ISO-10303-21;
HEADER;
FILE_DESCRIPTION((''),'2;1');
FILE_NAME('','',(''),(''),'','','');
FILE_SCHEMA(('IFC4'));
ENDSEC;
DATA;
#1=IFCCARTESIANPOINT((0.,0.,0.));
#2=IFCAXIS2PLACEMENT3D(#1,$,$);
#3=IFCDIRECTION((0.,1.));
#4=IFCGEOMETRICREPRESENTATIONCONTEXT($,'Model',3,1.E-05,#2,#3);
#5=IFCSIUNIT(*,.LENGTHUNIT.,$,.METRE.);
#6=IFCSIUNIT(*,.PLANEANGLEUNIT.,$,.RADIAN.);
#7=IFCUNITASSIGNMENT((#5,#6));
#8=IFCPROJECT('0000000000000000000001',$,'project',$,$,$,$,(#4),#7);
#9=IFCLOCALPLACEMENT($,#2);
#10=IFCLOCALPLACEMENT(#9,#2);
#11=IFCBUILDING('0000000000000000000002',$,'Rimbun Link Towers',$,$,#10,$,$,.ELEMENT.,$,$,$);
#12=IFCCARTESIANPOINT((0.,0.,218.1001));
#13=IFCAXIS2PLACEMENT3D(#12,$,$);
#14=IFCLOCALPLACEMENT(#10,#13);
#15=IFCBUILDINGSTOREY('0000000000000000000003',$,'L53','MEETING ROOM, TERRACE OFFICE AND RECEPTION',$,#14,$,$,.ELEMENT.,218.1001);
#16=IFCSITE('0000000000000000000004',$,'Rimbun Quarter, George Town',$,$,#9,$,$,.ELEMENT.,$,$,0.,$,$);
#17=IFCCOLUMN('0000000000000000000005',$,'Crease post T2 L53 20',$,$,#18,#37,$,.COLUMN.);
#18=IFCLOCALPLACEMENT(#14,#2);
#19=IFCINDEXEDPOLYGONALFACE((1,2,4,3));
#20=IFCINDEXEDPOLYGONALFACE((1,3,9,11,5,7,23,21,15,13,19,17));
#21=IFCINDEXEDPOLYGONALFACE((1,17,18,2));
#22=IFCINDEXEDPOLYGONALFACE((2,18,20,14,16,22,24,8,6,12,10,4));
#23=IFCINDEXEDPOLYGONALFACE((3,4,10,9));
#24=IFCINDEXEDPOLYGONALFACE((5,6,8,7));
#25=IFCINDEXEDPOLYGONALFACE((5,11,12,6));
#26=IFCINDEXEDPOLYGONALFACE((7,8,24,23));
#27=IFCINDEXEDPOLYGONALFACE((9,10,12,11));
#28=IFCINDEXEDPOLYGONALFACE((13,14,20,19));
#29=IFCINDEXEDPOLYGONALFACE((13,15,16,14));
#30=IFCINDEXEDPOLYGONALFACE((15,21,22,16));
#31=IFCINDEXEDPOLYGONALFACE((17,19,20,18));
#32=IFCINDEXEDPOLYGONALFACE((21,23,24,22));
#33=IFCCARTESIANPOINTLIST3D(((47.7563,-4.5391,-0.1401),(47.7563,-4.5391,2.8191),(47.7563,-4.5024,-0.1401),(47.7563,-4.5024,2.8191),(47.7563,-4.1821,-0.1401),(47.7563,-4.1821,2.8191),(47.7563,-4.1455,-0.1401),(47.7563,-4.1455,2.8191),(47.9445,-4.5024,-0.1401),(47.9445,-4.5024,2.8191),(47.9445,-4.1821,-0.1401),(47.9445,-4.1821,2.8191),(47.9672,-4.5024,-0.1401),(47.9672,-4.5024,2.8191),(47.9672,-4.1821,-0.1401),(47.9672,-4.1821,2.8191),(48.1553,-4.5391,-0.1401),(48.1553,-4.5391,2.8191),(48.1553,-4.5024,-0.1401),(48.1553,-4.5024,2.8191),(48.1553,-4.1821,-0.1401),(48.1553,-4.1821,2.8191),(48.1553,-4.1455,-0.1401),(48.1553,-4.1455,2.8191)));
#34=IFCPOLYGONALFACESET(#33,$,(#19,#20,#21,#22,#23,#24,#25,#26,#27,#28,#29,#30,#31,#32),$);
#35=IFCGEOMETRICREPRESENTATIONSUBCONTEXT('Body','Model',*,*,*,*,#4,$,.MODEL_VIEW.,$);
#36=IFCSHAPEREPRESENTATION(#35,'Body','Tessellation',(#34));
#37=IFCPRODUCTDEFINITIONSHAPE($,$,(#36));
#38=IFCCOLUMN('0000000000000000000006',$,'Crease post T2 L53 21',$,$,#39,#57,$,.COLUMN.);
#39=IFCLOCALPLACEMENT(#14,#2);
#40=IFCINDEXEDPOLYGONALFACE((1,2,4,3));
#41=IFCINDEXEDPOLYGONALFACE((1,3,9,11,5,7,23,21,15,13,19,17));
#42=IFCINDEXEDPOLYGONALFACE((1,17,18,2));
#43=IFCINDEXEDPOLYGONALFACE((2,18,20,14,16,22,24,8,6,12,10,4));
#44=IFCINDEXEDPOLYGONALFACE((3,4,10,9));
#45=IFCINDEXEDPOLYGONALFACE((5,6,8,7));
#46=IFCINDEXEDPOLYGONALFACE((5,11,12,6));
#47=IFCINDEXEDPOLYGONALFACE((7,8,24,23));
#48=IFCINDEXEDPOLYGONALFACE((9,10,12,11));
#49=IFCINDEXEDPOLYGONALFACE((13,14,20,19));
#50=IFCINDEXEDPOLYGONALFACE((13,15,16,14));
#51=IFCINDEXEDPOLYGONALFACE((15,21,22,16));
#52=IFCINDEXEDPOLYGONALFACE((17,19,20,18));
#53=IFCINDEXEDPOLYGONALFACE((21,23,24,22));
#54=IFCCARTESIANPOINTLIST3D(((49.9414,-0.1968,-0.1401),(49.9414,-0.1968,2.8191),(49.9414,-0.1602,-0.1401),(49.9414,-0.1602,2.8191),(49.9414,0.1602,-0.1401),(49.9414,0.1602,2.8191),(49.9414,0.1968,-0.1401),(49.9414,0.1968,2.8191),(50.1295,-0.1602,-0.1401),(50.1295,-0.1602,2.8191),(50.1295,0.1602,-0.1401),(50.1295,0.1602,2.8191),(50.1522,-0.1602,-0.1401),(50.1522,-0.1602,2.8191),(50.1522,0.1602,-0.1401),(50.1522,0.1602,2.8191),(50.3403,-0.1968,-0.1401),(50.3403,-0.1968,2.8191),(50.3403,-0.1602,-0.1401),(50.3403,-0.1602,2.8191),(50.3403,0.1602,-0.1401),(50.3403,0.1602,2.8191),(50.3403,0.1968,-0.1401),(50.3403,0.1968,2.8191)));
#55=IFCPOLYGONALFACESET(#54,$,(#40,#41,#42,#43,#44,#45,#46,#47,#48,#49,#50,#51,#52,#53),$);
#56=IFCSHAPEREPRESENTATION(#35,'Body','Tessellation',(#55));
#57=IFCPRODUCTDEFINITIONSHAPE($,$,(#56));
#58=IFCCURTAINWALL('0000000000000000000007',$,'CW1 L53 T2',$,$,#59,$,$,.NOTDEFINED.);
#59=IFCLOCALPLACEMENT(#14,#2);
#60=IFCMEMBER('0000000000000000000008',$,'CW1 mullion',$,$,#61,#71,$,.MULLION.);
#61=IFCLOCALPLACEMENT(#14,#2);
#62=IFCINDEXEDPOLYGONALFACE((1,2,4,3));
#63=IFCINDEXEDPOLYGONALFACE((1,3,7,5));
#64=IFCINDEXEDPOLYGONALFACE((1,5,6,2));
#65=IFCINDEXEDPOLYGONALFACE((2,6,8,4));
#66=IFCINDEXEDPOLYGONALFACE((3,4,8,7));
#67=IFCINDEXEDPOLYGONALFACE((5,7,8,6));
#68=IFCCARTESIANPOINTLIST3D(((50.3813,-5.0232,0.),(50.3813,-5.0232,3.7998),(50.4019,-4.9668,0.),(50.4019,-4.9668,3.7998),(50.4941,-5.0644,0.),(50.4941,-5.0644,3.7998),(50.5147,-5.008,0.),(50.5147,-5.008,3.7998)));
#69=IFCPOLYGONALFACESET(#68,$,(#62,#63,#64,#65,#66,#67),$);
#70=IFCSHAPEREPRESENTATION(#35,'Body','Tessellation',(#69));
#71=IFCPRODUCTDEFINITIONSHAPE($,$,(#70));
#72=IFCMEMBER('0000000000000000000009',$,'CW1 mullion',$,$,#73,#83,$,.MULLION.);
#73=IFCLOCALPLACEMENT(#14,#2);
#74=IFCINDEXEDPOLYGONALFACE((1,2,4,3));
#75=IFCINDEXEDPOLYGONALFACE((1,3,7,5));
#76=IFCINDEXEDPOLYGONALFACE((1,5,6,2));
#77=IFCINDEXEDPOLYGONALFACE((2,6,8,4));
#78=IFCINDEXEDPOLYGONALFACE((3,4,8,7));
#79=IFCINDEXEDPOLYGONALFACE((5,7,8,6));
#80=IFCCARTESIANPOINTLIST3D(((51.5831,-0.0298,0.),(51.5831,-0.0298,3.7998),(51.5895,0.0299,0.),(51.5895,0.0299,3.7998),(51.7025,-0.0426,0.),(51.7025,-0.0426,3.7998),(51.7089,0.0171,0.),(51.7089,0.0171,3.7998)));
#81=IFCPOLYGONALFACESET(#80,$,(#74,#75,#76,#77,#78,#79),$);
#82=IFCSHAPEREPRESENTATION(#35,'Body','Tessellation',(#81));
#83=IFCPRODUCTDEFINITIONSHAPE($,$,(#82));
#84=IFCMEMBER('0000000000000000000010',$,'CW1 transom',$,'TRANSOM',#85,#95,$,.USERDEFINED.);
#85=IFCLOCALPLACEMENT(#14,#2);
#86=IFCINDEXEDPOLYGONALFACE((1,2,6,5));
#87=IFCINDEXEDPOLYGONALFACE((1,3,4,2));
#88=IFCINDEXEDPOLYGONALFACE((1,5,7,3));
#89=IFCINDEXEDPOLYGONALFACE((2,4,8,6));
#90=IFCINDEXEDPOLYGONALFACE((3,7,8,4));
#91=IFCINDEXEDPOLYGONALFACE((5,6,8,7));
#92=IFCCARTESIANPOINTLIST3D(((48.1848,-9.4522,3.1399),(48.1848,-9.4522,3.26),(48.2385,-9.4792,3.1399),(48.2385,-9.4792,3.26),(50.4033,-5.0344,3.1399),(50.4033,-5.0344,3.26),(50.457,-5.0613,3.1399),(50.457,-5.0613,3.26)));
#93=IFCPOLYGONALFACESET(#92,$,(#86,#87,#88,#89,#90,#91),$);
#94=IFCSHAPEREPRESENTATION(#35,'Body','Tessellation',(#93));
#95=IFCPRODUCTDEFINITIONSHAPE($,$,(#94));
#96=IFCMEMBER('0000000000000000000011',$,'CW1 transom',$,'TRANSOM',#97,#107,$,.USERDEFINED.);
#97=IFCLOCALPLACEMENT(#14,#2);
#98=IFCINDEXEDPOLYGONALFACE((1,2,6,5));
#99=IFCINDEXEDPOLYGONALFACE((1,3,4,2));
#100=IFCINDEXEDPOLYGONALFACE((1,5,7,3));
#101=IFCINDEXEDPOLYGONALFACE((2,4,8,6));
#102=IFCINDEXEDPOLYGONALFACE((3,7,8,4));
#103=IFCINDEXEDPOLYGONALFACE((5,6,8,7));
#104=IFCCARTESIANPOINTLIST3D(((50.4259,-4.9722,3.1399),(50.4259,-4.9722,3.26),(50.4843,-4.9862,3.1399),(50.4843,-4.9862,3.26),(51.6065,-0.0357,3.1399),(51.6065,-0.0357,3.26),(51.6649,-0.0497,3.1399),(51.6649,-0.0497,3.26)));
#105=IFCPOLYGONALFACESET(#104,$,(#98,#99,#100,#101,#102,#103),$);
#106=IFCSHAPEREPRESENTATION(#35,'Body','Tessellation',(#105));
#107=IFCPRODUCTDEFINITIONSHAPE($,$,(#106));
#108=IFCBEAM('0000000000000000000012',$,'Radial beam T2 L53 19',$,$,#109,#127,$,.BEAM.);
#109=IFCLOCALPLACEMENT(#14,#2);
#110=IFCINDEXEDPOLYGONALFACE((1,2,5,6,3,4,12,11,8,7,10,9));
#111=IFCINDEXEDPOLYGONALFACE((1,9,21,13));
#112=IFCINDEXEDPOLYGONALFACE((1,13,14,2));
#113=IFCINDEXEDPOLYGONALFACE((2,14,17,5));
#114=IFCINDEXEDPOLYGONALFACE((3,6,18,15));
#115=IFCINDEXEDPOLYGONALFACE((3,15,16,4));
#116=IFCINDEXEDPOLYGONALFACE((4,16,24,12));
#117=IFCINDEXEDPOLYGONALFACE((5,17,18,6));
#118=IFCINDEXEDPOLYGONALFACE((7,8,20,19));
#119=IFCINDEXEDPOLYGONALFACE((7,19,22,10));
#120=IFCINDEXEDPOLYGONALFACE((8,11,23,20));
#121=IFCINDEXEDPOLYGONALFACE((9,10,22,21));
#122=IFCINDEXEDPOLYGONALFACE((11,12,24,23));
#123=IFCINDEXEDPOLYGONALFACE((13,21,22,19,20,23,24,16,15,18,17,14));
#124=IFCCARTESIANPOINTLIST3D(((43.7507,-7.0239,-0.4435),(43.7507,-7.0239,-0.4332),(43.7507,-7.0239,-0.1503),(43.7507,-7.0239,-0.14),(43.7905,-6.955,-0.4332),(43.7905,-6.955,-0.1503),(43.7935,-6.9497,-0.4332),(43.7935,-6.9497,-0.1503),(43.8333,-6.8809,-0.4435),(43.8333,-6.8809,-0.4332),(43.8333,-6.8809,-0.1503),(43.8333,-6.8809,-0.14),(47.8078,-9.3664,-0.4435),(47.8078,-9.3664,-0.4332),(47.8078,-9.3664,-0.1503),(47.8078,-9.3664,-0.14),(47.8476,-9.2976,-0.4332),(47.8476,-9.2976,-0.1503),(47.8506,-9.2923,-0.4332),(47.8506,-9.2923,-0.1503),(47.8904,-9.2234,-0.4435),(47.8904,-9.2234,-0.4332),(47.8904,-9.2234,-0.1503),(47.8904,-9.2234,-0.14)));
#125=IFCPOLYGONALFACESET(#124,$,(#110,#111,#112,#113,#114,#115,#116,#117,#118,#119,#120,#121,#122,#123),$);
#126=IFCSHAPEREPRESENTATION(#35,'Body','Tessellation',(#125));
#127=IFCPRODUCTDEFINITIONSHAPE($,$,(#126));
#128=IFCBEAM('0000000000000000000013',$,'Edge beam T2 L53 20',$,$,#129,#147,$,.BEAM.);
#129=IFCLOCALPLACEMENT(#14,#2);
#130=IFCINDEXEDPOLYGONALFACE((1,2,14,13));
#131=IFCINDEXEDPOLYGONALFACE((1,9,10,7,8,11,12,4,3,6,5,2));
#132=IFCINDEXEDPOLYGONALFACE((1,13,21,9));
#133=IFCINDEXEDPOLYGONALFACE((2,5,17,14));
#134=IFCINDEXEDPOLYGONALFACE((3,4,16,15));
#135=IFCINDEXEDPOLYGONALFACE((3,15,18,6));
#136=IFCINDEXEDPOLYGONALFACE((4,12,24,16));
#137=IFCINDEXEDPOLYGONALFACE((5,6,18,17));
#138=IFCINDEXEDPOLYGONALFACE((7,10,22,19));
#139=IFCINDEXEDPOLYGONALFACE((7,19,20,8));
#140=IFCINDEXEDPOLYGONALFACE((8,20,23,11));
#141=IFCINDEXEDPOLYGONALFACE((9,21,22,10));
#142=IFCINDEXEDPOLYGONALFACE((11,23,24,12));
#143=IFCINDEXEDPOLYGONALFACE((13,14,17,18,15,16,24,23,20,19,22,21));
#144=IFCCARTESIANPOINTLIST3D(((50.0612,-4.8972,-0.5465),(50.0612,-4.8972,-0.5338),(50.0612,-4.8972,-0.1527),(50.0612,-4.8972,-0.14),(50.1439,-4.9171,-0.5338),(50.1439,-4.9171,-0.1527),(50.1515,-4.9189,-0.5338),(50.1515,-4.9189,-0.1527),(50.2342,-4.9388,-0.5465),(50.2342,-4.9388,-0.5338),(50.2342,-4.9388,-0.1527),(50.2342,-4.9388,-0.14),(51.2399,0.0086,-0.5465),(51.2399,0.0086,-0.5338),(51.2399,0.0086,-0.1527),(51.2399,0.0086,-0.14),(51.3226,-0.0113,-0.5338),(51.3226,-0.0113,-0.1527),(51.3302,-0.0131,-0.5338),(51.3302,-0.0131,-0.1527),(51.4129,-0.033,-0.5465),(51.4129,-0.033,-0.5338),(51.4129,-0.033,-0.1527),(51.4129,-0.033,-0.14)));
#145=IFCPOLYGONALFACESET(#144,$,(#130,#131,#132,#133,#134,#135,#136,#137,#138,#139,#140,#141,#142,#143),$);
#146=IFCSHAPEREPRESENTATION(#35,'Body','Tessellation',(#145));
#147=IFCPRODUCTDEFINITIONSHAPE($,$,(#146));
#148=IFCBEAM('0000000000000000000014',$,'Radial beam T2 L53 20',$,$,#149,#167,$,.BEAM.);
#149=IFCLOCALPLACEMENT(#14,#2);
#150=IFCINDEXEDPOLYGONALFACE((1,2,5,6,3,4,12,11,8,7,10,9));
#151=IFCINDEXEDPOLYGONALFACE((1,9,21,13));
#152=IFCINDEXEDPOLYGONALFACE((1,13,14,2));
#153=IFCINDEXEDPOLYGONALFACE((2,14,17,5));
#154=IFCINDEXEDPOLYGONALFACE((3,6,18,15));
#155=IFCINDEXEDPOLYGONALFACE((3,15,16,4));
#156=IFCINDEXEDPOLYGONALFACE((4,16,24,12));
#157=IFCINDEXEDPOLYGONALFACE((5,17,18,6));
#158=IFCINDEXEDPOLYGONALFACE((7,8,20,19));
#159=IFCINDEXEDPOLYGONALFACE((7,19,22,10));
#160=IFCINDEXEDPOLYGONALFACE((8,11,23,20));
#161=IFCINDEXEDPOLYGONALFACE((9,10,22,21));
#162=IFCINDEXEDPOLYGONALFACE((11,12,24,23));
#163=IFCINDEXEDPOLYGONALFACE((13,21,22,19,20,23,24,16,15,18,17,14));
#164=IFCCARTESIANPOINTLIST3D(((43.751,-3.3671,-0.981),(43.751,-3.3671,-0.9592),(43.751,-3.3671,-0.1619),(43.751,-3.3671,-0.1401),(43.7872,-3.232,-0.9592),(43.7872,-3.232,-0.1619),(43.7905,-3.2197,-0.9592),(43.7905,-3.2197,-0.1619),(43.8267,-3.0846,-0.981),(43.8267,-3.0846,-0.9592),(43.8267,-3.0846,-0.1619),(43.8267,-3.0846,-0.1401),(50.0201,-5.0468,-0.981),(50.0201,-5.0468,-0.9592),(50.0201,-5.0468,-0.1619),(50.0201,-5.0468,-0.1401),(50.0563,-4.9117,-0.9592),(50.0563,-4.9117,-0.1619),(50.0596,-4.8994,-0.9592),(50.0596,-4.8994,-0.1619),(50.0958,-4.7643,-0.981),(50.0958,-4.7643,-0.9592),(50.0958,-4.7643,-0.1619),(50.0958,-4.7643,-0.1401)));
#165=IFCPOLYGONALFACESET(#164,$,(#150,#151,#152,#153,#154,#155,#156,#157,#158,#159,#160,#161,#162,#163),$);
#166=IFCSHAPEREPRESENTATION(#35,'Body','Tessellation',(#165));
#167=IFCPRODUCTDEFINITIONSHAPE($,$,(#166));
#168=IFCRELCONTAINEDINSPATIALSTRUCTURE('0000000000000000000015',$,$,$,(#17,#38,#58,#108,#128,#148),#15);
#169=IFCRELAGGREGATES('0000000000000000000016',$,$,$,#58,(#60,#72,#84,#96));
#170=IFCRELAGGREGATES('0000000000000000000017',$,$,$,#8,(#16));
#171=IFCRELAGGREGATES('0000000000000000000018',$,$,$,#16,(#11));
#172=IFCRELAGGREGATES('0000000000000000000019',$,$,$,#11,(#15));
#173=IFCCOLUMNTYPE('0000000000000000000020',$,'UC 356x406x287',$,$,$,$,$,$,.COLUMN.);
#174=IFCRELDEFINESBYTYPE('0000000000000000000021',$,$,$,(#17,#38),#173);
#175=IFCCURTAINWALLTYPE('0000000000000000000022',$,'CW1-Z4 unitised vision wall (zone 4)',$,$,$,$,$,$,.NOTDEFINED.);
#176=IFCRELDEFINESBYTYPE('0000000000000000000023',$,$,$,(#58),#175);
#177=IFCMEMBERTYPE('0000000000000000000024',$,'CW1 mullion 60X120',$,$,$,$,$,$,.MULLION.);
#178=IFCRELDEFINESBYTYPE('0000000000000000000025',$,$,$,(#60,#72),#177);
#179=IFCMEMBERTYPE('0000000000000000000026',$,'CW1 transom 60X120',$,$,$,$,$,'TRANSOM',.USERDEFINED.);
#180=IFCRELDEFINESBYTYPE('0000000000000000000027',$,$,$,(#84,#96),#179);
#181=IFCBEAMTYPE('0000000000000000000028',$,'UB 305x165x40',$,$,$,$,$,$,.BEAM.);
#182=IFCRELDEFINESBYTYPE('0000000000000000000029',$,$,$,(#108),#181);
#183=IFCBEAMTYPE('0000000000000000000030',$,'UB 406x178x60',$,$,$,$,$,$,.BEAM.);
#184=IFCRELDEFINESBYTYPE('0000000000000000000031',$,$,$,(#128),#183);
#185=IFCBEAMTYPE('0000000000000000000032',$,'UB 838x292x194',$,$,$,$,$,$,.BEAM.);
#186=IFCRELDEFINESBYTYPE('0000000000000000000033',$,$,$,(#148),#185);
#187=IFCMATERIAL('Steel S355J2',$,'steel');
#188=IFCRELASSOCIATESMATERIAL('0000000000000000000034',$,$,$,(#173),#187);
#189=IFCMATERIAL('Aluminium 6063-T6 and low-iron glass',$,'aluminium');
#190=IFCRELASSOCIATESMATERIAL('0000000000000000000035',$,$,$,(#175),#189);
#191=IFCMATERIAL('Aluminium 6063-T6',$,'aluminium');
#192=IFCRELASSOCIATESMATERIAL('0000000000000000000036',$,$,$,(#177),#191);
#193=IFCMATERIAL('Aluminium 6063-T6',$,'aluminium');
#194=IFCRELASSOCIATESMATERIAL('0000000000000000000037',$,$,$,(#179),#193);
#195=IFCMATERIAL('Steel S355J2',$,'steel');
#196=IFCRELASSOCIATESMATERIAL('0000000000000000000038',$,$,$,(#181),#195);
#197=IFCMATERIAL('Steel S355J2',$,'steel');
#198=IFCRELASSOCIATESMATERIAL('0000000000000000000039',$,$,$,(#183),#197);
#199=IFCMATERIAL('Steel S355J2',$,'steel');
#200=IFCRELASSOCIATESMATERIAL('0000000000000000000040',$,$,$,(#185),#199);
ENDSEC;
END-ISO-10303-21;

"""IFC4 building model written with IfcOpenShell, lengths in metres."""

from ifc_helpers import new_model, si_unit, direction, frame, origin, origin_2d, place, context, subcontext, project, spatial, rectangle, i_section, extrude, material, material_profile, profile_set, type_object, element, aggregate, save


model = new_model("IFC4")

# Units and contexts
model_context = context("Model", 3, precision=1e-05, world=origin(), true_north=direction((0.0, 1.0)))
body_context = subcontext(model_context, "Body", "Model", "MODEL_VIEW")
ifc_project = project(units=[si_unit("LENGTHUNIT", "METRE"), si_unit("PLANEANGLEUNIT", "RADIAN")], contexts=[model_context])

# Site, building, storey
site_placement = place(None, origin())
site = spatial("IfcSite", under=ifc_project, at=site_placement, Name="Rimbun Quarter, George Town", CompositionType="ELEMENT", RefElevation=0.0)
building_placement = place(site_placement, origin())
building = spatial("IfcBuilding", under=site, at=building_placement, Name="Rimbun Link Towers", CompositionType="ELEMENT")
storey_placement = place(building_placement, frame((0.0, 0.0, 218.1001)))
storey = spatial("IfcBuildingStorey", under=building, at=storey_placement, Name="L53", Description="MEETING ROOM, TERRACE OFFICE AND RECEPTION", CompositionType="ELEMENT", Elevation=218.1001)

# Columns
ifc_material_1 = material(Name="Steel S355J2", Category="steel")
ifc_material_profile_1 = material_profile(ifc_material_1, i_section(OverallWidth=0.3989, OverallDepth=0.3936, WebThickness=0.0227, FlangeThickness=0.0366, at=origin_2d()), Name="UC 356x406x287")
ifc_profile_set_1 = profile_set([ifc_material_profile_1], Name="Steel S355J2")
column_type = type_object("IfcColumnType", Name="UC 356x406x287", PredefinedType="COLUMN", material=ifc_profile_set_1)
for number, where, z_axis, x_axis, name in (
    (1, (47.9558, -4.3423, -0.1401), (0.0, 0.0, 1.0), (1.0, 0.0, 0.0), "Crease post T2 L53 20"),
    (2, (50.1409, 0.0, -0.1401), (0.0, 0.0, 1.0), (1.0, 0.0, 0.0), "Crease post T2 L53 21"),
):
    element("IfcColumn", number, at=place(storey_placement, frame(where, z_axis=z_axis, x_axis=x_axis)), inside=storey, type_object=column_type, Name=name, PredefinedType="COLUMN", context=body_context, shape_type="SweptSolid", body=[
        extrude(i_section(OverallWidth=0.3989, OverallDepth=0.3936, WebThickness=0.0227, FlangeThickness=0.0366, at=origin_2d()), origin(), (0.0, 0.0, 1.0), 2.9592),
    ])

# Curtain wall, members
ifc_material_2 = material(Name="Aluminium 6063-T6 and low-iron glass", Category="aluminium")
curtain_wall_type = type_object("IfcCurtainWallType", Name="CW1-Z4 unitised vision wall (zone 4)", PredefinedType="NOTDEFINED", material=ifc_material_2)
curtain_wall_placement = place(storey_placement, origin())
curtain_wall = element("IfcCurtainWall", 3, at=curtain_wall_placement, inside=storey, type_object=curtain_wall_type, Name="CW1 L53 T2", PredefinedType="NOTDEFINED")
ifc_material_3 = material(Name="Aluminium 6063-T6", Category="aluminium")
ifc_material_profile_2 = material_profile(ifc_material_3, rectangle(XDim=0.1201, YDim=0.0601, at=origin_2d()), Name="MULLION 60X120")
ifc_profile_set_2 = profile_set([ifc_material_profile_2], Name="Aluminium 6063-T6")
member_type_1 = type_object("IfcMemberType", Name="CW1 mullion 60X120", PredefinedType="MULLION", material=ifc_profile_set_2)
member_1_placement = place(storey_placement, frame((50.448, -5.0156, 0.0), z_axis=(0.0, 0.0, 1.0), x_axis=(0.93935, -0.34296, 0.0)))
member_1 = element("IfcMember", 4, at=member_1_placement, type_object=member_type_1, Name="CW1 mullion", PredefinedType="MULLION", context=body_context, shape_type="SweptSolid", body=[
    extrude(rectangle(XDim=0.1201, YDim=0.0601, at=origin_2d()), origin(), (0.0, 0.0, 1.0), 3.7998),
])
member_2_placement = place(storey_placement, frame((51.646, -0.0063, 0.0), z_axis=(0.0, 0.0, 1.0), x_axis=(0.994297, -0.106644, 0.0)))
member_2 = element("IfcMember", 5, at=member_2_placement, type_object=member_type_1, Name="CW1 mullion", PredefinedType="MULLION", context=body_context, shape_type="SweptSolid", body=[
    extrude(rectangle(XDim=0.1201, YDim=0.0601, at=origin_2d()), origin(), (0.0, 0.0, 1.0), 3.7998),
])
ifc_material_4 = material(Name="Aluminium 6063-T6", Category="aluminium")
ifc_material_profile_3 = material_profile(ifc_material_4, rectangle(XDim=0.0601, YDim=0.1201, at=origin_2d()), Name="TRANSOM 60X120")
ifc_profile_set_3 = profile_set([ifc_material_profile_3], Name="Aluminium 6063-T6")
member_type_2 = type_object("IfcMemberType", Name="CW1 transom 60X120", ElementType="TRANSOM", PredefinedType="USERDEFINED", material=ifc_profile_set_3)
member_3_placement = place(storey_placement, frame((50.4302, -5.0479, 3.2), z_axis=(-0.448774, -0.893646, 0.0), x_axis=(0.893646, -0.448774, 0.0)))
member_3 = element("IfcMember", 6, at=member_3_placement, type_object=member_type_2, Name="CW1 transom", ObjectType="TRANSOM", PredefinedType="USERDEFINED", context=body_context, shape_type="SweptSolid", body=[
    extrude(rectangle(XDim=0.0601, YDim=0.1201, at=origin_2d()), origin(), (0.0, 0.0, 1.0), 4.9436),
])
member_4_placement = place(storey_placement, frame((51.6357, -0.0427, 3.2), z_axis=(-0.232609, -0.97257, 0.0), x_axis=(0.97257, -0.232609, 0.0)))
member_4 = element("IfcMember", 7, at=member_4_placement, type_object=member_type_2, Name="CW1 transom", ObjectType="TRANSOM", PredefinedType="USERDEFINED", context=body_context, shape_type="SweptSolid", body=[
    extrude(rectangle(XDim=0.0601, YDim=0.1201, at=origin_2d()), origin(), (0.0, 0.0, 1.0), 5.0757),
])

# Beams
ifc_material_5 = material(Name="Steel S355J2", Category="steel")
ifc_material_profile_4 = material_profile(ifc_material_5, i_section(OverallWidth=0.165, OverallDepth=0.3035, WebThickness=0.0061, FlangeThickness=0.0103, at=origin_2d()), Name="UB 305x165x40")
ifc_profile_set_4 = profile_set([ifc_material_profile_4], Name="Steel S355J2")
beam_type_1 = type_object("IfcBeamType", Name="UB 305x165x40", PredefinedType="BEAM", material=ifc_profile_set_4)
beam_1_placement = place(storey_placement, frame((43.792, -6.9524, -0.2917), z_axis=(0.866012, -0.500023, 0.0), x_axis=(0.500023, 0.866012, 0.0)))
element("IfcBeam", 8, at=beam_1_placement, inside=storey, type_object=beam_type_1, Name="Radial beam T2 L53 19", PredefinedType="BEAM", context=body_context, shape_type="SweptSolid", body=[
    extrude(i_section(OverallWidth=0.165, OverallDepth=0.3035, WebThickness=0.0061, FlangeThickness=0.0103, at=origin_2d()), origin(), (0.0, 0.0, 1.0), 4.6848),
])
ifc_material_6 = material(Name="Steel S355J2", Category="steel")
ifc_material_profile_5 = material_profile(ifc_material_6, i_section(OverallWidth=0.178, OverallDepth=0.4065, WebThickness=0.0078, FlangeThickness=0.0127, at=origin_2d()), Name="UB 406x178x60")
ifc_profile_set_5 = profile_set([ifc_material_profile_5], Name="Steel S355J2")
beam_type_2 = type_object("IfcBeamType", Name="UB 406x178x60", PredefinedType="BEAM", material=ifc_profile_set_5)
beam_2_placement = place(storey_placement, frame((50.1477, -4.918, -0.3433), z_axis=(0.233622, 0.972328, 0.0), x_axis=(-0.972328, 0.233622, 0.0)))
element("IfcBeam", 9, at=beam_2_placement, inside=storey, type_object=beam_type_2, Name="Edge beam T2 L53 20", PredefinedType="BEAM", context=body_context, shape_type="SweptSolid", body=[
    extrude(i_section(OverallWidth=0.178, OverallDepth=0.4065, WebThickness=0.0078, FlangeThickness=0.0127, at=origin_2d()), origin(), (0.0, 0.0, 1.0), 5.0454),
])
ifc_material_7 = material(Name="Steel S355J2", Category="steel")
ifc_material_profile_6 = material_profile(ifc_material_7, i_section(OverallWidth=0.2925, OverallDepth=0.8408, WebThickness=0.0127, FlangeThickness=0.0217, at=origin_2d()), Name="UB 838x292x194")
ifc_profile_set_6 = profile_set([ifc_material_profile_6], Name="Steel S355J2")
beam_type_3 = type_object("IfcBeamType", Name="UB 838x292x194", PredefinedType="BEAM", material=ifc_profile_set_6)
beam_3_placement = place(storey_placement, frame((43.7888, -3.2258, -0.5605), z_axis=(0.96593, -0.258805, 0.0), x_axis=(0.258805, 0.96593, 0.0)))
element("IfcBeam", 10, at=beam_3_placement, inside=storey, type_object=beam_type_3, Name="Radial beam T2 L53 20", PredefinedType="BEAM", context=body_context, shape_type="SweptSolid", body=[
    extrude(i_section(OverallWidth=0.2925, OverallDepth=0.8408, WebThickness=0.0127, FlangeThickness=0.0217, at=origin_2d()), origin(), (0.0, 0.0, 1.0), 6.4902),
])

aggregate(curtain_wall, [member_1, member_2, member_3, member_4])

save(model, "model.ifc")
